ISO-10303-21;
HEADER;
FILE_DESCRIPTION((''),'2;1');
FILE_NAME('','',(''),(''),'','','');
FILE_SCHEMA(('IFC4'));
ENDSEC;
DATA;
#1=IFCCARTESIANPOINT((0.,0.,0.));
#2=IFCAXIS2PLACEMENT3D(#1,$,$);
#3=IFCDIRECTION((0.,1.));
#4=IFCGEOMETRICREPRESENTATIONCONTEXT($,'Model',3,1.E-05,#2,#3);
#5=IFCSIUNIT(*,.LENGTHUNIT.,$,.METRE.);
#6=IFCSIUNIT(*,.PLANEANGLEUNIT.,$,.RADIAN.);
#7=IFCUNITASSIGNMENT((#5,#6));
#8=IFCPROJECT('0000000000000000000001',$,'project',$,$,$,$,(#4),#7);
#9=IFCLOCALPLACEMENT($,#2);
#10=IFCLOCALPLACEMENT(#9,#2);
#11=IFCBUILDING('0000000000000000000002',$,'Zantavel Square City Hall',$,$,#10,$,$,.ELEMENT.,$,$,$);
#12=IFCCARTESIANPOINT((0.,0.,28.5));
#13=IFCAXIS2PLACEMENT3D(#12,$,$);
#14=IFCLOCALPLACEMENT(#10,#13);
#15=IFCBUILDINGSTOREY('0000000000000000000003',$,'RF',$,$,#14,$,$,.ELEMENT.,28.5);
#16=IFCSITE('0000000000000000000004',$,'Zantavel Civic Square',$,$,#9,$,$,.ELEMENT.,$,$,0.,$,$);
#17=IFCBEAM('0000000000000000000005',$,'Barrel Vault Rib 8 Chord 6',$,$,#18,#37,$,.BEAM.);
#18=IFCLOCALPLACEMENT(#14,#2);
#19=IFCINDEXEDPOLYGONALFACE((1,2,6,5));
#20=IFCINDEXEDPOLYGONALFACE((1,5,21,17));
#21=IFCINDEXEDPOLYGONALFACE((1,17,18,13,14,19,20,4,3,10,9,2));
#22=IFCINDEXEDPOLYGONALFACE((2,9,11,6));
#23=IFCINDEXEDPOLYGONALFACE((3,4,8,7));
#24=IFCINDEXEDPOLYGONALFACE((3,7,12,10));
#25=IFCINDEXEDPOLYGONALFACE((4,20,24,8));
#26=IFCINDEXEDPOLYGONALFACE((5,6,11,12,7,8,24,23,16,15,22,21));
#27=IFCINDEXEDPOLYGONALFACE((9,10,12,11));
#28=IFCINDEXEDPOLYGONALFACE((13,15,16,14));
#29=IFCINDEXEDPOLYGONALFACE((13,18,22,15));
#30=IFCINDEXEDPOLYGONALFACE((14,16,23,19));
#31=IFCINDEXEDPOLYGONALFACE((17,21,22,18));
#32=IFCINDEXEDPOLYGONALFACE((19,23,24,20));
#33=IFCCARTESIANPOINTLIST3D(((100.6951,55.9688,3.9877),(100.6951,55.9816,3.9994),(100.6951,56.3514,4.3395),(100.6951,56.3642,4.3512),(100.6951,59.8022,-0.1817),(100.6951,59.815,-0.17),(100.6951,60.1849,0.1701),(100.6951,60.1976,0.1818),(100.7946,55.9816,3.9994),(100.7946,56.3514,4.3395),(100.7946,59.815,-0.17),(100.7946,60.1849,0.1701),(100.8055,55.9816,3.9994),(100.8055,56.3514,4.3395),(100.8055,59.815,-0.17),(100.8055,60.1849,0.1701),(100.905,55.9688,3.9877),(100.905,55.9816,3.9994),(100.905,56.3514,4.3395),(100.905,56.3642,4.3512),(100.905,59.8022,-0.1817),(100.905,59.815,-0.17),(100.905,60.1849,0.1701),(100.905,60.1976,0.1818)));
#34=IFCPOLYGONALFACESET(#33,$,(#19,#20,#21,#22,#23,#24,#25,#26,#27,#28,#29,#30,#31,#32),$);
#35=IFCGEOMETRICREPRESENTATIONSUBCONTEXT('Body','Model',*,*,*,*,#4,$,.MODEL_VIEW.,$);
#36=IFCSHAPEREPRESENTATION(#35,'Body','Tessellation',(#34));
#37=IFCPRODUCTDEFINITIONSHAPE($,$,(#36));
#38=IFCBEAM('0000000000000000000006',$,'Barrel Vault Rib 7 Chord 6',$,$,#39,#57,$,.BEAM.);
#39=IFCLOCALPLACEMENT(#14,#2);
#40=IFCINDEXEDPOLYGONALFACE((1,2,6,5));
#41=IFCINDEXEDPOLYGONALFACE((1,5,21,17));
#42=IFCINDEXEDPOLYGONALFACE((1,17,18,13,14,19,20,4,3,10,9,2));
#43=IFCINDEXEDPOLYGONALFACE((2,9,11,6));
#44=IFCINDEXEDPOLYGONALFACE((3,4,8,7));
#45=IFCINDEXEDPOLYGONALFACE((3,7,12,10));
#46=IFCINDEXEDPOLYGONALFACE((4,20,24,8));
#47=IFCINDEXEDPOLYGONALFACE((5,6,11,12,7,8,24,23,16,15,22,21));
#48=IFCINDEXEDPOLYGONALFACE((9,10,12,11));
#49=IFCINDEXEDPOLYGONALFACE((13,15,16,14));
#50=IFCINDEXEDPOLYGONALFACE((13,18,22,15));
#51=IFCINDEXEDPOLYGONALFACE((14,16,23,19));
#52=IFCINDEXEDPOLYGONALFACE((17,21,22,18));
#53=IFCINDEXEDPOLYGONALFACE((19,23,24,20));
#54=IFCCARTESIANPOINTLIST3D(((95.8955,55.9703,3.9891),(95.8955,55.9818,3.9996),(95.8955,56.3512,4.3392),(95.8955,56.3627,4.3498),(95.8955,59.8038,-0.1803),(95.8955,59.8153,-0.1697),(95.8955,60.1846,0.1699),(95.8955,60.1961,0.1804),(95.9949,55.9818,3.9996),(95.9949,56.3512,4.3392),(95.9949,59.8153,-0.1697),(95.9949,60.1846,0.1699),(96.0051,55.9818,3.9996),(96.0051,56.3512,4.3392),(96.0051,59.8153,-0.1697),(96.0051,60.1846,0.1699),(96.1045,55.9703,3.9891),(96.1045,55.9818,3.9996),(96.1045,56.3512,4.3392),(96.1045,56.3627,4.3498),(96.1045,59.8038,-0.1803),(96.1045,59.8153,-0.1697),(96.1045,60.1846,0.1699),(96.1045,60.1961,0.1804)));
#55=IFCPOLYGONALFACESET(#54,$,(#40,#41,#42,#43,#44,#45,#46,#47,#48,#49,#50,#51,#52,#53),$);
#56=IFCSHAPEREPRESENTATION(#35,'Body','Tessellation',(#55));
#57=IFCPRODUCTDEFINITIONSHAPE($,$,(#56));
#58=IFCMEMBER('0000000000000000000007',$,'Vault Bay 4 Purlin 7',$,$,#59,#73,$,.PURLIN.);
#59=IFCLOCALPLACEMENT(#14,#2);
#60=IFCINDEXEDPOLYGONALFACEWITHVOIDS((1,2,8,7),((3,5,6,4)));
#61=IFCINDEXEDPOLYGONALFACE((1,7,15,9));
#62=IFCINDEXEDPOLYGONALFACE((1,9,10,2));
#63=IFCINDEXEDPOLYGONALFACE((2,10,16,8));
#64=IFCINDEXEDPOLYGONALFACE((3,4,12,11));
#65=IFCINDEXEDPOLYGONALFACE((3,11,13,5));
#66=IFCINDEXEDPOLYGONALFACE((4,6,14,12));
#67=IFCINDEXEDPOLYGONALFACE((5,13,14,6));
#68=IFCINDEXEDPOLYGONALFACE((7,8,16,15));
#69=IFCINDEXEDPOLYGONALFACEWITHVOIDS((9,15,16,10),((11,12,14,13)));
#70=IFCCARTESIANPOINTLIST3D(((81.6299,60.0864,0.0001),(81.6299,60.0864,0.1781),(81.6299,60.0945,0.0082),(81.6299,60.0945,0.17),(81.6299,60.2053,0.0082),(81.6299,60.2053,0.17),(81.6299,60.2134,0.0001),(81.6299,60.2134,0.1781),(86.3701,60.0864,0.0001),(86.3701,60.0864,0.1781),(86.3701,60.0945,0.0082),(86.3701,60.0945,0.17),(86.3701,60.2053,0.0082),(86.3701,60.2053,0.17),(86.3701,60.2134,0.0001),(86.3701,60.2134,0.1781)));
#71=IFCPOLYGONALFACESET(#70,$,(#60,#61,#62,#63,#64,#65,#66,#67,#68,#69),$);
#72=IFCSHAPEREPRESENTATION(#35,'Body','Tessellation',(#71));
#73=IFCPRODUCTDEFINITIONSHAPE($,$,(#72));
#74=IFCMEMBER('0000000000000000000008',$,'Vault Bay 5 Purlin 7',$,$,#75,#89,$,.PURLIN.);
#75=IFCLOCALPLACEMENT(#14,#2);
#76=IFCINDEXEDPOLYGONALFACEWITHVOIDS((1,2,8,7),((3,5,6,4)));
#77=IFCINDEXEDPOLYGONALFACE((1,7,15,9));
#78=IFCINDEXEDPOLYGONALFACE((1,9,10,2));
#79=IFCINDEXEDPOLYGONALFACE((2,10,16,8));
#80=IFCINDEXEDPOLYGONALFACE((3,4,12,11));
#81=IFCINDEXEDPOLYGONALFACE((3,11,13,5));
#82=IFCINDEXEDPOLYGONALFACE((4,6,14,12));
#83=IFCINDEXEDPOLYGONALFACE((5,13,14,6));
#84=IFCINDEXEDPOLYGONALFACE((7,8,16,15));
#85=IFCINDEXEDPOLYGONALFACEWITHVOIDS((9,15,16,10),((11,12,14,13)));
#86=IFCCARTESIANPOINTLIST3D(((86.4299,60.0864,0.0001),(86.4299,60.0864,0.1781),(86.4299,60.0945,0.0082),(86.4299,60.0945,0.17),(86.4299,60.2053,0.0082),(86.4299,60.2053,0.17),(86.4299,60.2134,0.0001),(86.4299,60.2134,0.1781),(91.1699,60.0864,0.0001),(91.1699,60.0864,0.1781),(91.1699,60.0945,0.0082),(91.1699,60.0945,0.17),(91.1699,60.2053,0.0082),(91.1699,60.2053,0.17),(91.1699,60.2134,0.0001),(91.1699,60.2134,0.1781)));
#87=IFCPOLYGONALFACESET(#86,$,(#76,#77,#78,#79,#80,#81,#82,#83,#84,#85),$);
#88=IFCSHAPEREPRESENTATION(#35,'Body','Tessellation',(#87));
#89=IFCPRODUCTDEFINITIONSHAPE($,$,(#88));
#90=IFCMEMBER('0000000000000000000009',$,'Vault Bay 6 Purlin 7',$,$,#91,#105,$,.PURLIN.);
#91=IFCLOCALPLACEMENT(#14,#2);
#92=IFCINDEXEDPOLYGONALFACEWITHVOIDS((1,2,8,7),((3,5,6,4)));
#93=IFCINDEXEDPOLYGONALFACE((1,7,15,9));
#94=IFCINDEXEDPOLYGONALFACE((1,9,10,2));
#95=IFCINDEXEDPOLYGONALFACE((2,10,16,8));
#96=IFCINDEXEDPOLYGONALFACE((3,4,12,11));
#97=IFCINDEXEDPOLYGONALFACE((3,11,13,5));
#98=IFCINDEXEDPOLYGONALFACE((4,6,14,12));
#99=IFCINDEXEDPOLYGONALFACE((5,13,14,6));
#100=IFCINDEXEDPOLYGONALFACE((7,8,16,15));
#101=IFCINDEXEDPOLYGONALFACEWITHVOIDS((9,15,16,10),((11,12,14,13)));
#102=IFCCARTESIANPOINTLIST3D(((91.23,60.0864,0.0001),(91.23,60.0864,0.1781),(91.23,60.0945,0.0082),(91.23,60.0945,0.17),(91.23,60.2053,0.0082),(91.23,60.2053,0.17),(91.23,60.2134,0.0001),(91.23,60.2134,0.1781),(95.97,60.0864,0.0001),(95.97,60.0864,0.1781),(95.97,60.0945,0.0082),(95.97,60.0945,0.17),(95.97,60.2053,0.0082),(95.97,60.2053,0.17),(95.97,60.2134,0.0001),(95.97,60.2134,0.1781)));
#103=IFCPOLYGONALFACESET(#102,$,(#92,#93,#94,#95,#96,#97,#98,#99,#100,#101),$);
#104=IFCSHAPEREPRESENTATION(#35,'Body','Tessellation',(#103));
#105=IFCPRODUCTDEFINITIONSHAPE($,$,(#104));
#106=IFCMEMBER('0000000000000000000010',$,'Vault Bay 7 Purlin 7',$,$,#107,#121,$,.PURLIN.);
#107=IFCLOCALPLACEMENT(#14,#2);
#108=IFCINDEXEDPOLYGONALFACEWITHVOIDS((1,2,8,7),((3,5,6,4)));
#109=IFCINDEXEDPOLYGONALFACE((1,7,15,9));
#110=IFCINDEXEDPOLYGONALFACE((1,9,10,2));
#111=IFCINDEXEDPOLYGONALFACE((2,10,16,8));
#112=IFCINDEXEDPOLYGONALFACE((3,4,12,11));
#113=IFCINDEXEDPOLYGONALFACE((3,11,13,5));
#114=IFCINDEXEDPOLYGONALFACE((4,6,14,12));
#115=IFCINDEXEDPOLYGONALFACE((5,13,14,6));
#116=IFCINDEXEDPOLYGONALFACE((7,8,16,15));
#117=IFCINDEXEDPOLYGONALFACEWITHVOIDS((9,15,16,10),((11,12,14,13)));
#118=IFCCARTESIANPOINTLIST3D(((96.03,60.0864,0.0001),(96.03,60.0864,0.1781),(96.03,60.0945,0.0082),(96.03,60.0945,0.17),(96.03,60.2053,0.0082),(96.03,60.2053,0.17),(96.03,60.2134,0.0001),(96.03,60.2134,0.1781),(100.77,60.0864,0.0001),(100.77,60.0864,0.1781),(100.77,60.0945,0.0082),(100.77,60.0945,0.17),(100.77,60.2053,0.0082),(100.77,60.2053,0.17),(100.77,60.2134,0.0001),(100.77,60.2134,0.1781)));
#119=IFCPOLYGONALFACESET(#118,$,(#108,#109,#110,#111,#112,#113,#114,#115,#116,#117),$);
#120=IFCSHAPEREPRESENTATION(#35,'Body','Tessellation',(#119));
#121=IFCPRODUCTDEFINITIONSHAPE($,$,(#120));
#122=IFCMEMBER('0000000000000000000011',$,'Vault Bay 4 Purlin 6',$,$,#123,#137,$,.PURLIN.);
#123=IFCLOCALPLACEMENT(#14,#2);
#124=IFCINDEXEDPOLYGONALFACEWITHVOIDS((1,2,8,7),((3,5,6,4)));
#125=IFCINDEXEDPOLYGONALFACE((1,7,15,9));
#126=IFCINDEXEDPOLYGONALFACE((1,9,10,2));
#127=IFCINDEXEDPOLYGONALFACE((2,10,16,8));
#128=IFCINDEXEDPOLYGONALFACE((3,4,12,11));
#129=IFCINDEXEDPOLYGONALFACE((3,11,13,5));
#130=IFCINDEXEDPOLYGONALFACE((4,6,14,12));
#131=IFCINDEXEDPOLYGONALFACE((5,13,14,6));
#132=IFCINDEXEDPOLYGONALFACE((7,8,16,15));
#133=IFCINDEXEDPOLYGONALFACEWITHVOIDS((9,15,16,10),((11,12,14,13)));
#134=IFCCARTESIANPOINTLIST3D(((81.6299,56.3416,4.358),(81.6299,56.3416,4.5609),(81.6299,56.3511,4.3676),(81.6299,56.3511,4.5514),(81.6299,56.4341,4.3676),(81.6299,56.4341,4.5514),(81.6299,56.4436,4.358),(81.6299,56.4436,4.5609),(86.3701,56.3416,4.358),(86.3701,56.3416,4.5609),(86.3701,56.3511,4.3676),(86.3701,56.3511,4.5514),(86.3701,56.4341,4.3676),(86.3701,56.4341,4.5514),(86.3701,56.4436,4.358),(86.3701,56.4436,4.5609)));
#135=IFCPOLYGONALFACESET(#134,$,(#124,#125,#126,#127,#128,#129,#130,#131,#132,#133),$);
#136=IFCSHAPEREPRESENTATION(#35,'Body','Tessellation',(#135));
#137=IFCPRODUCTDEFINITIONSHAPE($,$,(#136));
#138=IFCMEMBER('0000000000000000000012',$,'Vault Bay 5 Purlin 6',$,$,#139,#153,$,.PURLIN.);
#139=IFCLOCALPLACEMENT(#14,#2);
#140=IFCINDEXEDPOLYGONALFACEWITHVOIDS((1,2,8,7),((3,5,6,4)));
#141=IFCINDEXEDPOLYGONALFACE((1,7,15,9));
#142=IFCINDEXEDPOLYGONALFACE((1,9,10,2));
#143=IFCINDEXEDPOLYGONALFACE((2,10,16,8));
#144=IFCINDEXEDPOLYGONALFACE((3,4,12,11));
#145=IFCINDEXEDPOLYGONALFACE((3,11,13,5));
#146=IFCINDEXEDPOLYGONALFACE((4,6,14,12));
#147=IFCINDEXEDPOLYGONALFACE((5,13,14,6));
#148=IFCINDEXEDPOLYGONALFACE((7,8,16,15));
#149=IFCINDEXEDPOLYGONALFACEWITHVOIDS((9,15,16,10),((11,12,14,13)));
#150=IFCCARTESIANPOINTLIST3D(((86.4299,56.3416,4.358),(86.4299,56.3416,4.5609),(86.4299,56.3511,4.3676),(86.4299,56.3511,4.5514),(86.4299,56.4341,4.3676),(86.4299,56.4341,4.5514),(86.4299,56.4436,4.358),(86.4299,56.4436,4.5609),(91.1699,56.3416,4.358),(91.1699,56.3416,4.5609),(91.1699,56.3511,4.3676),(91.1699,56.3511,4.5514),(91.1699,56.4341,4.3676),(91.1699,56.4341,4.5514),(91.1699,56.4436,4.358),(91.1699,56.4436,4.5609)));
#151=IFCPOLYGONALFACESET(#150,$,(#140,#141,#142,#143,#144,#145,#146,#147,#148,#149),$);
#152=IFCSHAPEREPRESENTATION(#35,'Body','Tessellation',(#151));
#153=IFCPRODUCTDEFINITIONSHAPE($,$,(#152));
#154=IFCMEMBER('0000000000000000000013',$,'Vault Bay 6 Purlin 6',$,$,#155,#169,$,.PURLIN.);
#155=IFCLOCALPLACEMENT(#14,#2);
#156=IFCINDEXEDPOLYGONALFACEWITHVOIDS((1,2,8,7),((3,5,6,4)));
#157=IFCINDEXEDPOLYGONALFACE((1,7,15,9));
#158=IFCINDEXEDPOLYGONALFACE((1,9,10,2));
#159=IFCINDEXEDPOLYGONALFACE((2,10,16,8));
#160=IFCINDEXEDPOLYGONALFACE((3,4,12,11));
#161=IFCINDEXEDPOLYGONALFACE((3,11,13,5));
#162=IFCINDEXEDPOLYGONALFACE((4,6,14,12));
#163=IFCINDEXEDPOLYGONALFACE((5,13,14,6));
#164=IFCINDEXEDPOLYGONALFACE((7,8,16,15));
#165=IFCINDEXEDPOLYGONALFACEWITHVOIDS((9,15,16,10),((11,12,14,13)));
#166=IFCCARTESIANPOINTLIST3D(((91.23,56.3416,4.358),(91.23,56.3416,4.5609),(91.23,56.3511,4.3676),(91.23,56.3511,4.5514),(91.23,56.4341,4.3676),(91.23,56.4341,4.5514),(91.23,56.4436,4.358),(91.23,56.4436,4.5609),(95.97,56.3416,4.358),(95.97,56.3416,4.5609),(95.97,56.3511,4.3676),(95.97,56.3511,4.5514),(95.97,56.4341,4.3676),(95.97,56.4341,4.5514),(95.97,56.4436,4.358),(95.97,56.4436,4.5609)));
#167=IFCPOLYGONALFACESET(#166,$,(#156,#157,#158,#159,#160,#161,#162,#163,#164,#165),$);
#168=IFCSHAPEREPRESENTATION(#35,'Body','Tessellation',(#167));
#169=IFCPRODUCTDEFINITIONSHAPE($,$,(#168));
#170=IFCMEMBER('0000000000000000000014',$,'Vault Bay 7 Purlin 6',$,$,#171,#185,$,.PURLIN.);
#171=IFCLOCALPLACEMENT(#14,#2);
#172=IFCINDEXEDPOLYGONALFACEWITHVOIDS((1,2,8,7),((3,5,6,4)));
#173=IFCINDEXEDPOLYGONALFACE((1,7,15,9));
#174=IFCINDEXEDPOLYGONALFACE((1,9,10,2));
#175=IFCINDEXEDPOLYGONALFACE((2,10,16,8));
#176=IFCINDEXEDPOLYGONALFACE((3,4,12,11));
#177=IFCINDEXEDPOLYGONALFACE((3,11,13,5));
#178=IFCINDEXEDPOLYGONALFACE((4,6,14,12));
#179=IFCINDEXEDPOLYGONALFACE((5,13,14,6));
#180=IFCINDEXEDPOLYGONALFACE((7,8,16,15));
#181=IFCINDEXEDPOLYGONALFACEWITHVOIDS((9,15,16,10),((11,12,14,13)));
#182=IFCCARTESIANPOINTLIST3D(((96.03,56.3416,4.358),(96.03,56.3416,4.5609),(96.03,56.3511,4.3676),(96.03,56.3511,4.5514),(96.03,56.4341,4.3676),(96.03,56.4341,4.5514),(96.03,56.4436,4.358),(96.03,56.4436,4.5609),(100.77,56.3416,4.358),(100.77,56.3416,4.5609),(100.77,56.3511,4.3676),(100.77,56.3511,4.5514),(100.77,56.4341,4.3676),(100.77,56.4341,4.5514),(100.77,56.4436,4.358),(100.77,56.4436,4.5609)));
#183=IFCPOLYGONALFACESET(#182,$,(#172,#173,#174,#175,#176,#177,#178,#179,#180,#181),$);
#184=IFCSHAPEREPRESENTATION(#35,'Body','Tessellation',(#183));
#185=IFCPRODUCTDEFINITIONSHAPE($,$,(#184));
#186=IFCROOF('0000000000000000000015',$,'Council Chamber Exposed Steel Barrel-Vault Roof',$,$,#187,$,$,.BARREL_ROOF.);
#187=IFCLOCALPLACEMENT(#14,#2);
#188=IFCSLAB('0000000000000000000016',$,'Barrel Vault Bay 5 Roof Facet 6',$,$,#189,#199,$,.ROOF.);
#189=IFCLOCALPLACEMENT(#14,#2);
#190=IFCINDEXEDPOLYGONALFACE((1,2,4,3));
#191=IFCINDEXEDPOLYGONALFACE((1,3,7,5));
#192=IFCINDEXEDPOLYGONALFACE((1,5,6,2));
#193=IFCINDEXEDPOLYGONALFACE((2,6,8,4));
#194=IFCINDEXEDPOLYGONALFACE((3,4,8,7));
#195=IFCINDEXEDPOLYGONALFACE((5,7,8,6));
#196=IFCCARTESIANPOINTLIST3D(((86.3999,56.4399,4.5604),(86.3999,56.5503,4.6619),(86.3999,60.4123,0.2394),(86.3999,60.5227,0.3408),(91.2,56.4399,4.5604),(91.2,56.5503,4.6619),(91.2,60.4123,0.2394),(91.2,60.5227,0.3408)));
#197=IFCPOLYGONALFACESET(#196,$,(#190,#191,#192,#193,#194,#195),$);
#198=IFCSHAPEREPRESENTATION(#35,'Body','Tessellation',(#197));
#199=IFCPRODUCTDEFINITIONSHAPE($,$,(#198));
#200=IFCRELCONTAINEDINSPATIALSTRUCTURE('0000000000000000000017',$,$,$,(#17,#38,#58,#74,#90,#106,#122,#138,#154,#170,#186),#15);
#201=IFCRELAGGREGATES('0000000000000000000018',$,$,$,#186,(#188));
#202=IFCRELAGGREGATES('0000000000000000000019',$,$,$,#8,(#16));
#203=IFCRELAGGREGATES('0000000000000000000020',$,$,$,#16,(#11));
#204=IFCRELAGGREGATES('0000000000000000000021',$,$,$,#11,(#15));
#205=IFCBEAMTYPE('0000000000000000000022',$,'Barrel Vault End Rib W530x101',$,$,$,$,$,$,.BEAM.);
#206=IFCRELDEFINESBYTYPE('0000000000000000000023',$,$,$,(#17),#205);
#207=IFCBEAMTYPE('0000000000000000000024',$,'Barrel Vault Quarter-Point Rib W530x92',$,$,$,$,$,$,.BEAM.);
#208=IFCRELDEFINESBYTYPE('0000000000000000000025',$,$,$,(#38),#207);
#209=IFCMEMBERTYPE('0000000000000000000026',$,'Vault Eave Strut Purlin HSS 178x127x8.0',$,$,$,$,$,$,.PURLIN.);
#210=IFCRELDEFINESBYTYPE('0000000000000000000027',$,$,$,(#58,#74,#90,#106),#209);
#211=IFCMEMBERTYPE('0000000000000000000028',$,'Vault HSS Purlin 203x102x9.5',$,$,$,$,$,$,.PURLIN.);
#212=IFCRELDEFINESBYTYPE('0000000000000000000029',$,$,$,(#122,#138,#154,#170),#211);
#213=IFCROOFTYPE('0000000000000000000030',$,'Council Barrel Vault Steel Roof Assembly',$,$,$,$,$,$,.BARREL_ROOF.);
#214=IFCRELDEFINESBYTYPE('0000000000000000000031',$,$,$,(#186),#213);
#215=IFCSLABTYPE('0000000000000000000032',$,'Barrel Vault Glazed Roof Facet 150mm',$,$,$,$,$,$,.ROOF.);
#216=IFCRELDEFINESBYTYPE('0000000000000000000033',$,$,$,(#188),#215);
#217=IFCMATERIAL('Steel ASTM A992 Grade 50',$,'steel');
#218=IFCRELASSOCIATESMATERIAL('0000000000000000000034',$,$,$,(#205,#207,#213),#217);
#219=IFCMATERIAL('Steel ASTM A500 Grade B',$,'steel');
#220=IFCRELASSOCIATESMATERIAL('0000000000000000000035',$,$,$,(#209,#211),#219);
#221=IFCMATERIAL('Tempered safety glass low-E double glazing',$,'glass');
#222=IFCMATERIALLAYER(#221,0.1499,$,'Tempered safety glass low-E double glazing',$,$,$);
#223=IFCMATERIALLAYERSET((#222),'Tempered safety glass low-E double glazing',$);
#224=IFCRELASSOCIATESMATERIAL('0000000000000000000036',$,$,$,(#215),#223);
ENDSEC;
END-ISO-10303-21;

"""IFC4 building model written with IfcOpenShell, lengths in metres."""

from ifc_helpers import new_model, si_unit, direction, frame, origin, origin_2d, place, context, subcontext, project, spatial, polyline, hollow_rectangle, i_section, outline, extrude, material, layer, layer_set, material_profile, profile_set, type_object, element, aggregate, save


model = new_model("IFC4")

# Units and contexts
model_context = context("Model", 3, precision=1e-05, world=origin(), true_north=direction((0.0, 1.0)))
body_context = subcontext(model_context, "Body", "Model", "MODEL_VIEW")
ifc_project = project(units=[si_unit("LENGTHUNIT", "METRE"), si_unit("PLANEANGLEUNIT", "RADIAN")], contexts=[model_context])

# Site, building, storey
site_placement = place(None, origin())
site = spatial("IfcSite", under=ifc_project, at=site_placement, Name="Zantavel Civic Square", CompositionType="ELEMENT", RefElevation=0.0)
building_placement = place(site_placement, origin())
building = spatial("IfcBuilding", under=site, at=building_placement, Name="Zantavel Square City Hall", CompositionType="ELEMENT")
storey_placement = place(building_placement, frame((0.0, 0.0, 28.5)))
storey = spatial("IfcBuildingStorey", under=building, at=storey_placement, Name="RF", CompositionType="ELEMENT", Elevation=28.5)

# Beams
ifc_material_1 = material(Name="Steel ASTM A992 Grade 50", Category="steel")
ifc_material_profile_1 = material_profile(ifc_material_1, i_section(OverallWidth=0.21, OverallDepth=0.5371, WebThickness=0.011, FlangeThickness=0.0173, at=origin_2d()), Name="W530x101")
ifc_profile_set_1 = profile_set([ifc_material_profile_1], Name="Steel ASTM A992 Grade 50")
beam_type_1 = type_object("IfcBeamType", Name="Barrel Vault End Rib W530x101", PredefinedType="BEAM", material=ifc_profile_set_1)
beam_1_placement = place(storey_placement, frame((100.8, 56.1665, 4.1694), z_axis=(0.0, 0.676829, -0.736141), x_axis=(-1.0, 0.0, 0.0)))
element("IfcBeam", 1, at=beam_1_placement, inside=storey, type_object=beam_type_1, Name="Barrel Vault Rib 8 Chord 6", PredefinedType="BEAM", context=body_context, shape_type="SweptSolid", body=[
    extrude(i_section(OverallWidth=0.21, OverallDepth=0.5371, WebThickness=0.011, FlangeThickness=0.0173, at=origin_2d()), origin(), (0.0, 0.0, 1.0), 5.6638),
])
ifc_material_profile_2 = material_profile(ifc_material_1, i_section(OverallWidth=0.209, OverallDepth=0.533, WebThickness=0.0103, FlangeThickness=0.0156, at=origin_2d()), Name="W530x92")
ifc_profile_set_2 = profile_set([ifc_material_profile_2], Name="Steel ASTM A992 Grade 50")
beam_type_2 = type_object("IfcBeamType", Name="Barrel Vault Quarter-Point Rib W530x92", PredefinedType="BEAM", material=ifc_profile_set_2)
beam_2_placement = place(storey_placement, frame((96.0, 56.1665, 4.1694), z_axis=(0.0, 0.676829, -0.736141), x_axis=(-1.0, 0.0, 0.0)))
element("IfcBeam", 2, at=beam_2_placement, inside=storey, type_object=beam_type_2, Name="Barrel Vault Rib 7 Chord 6", PredefinedType="BEAM", context=body_context, shape_type="SweptSolid", body=[
    extrude(i_section(OverallWidth=0.209, OverallDepth=0.533, WebThickness=0.0103, FlangeThickness=0.0156, at=origin_2d()), origin(), (0.0, 0.0, 1.0), 5.6638),
])

# Members
ifc_material_2 = material(Name="Steel ASTM A500 Grade B", Category="steel")
ifc_material_profile_3 = material_profile(ifc_material_2, hollow_rectangle(XDim=0.127, YDim=0.178, WallThickness=0.0081, at=origin_2d()), Name="HSS 178x127x8.0")
ifc_profile_set_3 = profile_set([ifc_material_profile_3], Name="Steel ASTM A500 Grade B")
member_type_1 = type_object("IfcMemberType", Name="Vault Eave Strut Purlin HSS 178x127x8.0", PredefinedType="PURLIN", material=ifc_profile_set_3)
member_1_placement = place(storey_placement, frame((81.6299, 60.1499, 0.0891), z_axis=(1.0, 0.0, 0.0), x_axis=(0.0, 1.0, 0.0)))
element("IfcMember", 3, at=member_1_placement, inside=storey, type_object=member_type_1, Name="Vault Bay 4 Purlin 7", PredefinedType="PURLIN", context=body_context, shape_type="SweptSolid", body=[
    extrude(hollow_rectangle(XDim=0.127, YDim=0.178, WallThickness=0.0081, at=origin_2d()), origin(), (0.0, 0.0, 1.0), 4.7402),
])
for number, where, z_axis, x_axis, name in (
    (4, (86.4299, 60.1499, 0.0891), (1.0, 0.0, 0.0), (0.0, 1.0, 0.0), "Vault Bay 5 Purlin 7"),
    (5, (91.23, 60.1499, 0.0891), (1.0, 0.0, 0.0), (0.0, 1.0, 0.0), "Vault Bay 6 Purlin 7"),
    (6, (96.03, 60.1499, 0.0891), (1.0, 0.0, 0.0), (0.0, 1.0, 0.0), "Vault Bay 7 Purlin 7"),
):
    element("IfcMember", number, at=place(storey_placement, frame(where, z_axis=z_axis, x_axis=x_axis)), inside=storey, type_object=member_type_1, Name=name, PredefinedType="PURLIN", context=body_context, shape_type="SweptSolid", body=[
        extrude(hollow_rectangle(XDim=0.127, YDim=0.178, WallThickness=0.0081, at=origin_2d()), origin(), (0.0, 0.0, 1.0), 4.74),
    ])
ifc_material_profile_4 = material_profile(ifc_material_2, hollow_rectangle(XDim=0.1021, YDim=0.2029, WallThickness=0.0095, at=origin_2d()), Name="HSS 203x102x9.5")
ifc_profile_set_4 = profile_set([ifc_material_profile_4], Name="Steel ASTM A500 Grade B")
member_type_2 = type_object("IfcMemberType", Name="Vault HSS Purlin 203x102x9.5", PredefinedType="PURLIN", material=ifc_profile_set_4)
member_2_placement = place(storey_placement, frame((81.6299, 56.3926, 4.4595), z_axis=(1.0, 0.0, 0.0), x_axis=(0.0, 1.0, 0.0)))
element("IfcMember", 7, at=member_2_placement, inside=storey, type_object=member_type_2, Name="Vault Bay 4 Purlin 6", PredefinedType="PURLIN", context=body_context, shape_type="SweptSolid", body=[
    extrude(hollow_rectangle(XDim=0.1021, YDim=0.2029, WallThickness=0.0095, at=origin_2d()), origin(), (0.0, 0.0, 1.0), 4.7402),
])
for number, where, z_axis, x_axis, name in (
    (8, (86.4299, 56.3926, 4.4595), (1.0, 0.0, 0.0), (0.0, 1.0, 0.0), "Vault Bay 5 Purlin 6"),
    (9, (91.23, 56.3926, 4.4595), (1.0, 0.0, 0.0), (0.0, 1.0, 0.0), "Vault Bay 6 Purlin 6"),
    (10, (96.03, 56.3926, 4.4595), (1.0, 0.0, 0.0), (0.0, 1.0, 0.0), "Vault Bay 7 Purlin 6"),
):
    element("IfcMember", number, at=place(storey_placement, frame(where, z_axis=z_axis, x_axis=x_axis)), inside=storey, type_object=member_type_2, Name=name, PredefinedType="PURLIN", context=body_context, shape_type="SweptSolid", body=[
        extrude(hollow_rectangle(XDim=0.1021, YDim=0.2029, WallThickness=0.0095, at=origin_2d()), origin(), (0.0, 0.0, 1.0), 4.74),
    ])

# Roof, slab
roof_type = type_object("IfcRoofType", Name="Council Barrel Vault Steel Roof Assembly", PredefinedType="BARREL_ROOF", material=ifc_material_1)
roof_placement = place(storey_placement, origin())
roof = element("IfcRoof", 11, at=roof_placement, inside=storey, type_object=roof_type, Name="Council Chamber Exposed Steel Barrel-Vault Roof", PredefinedType="BARREL_ROOF")
ifc_material_3 = material(Name="Tempered safety glass low-E double glazing", Category="glass")
ifc_layer_1 = layer(ifc_material_3, 0.1499, Name="Tempered safety glass low-E double glazing")
ifc_layer_set_1 = layer_set([ifc_layer_1], Name="Tempered safety glass low-E double glazing")
slab_type_1 = type_object("IfcSlabType", Name="Barrel Vault Glazed Roof Facet 150mm", PredefinedType="ROOF", material=ifc_layer_set_1)
slab_1_placement = place(storey_placement, frame((86.3999, 56.5503, 4.6619), z_axis=(0.0, 0.736181, 0.676784), x_axis=(1.0, 0.0, 0.0)))
slab_1 = element("IfcSlab", 12, at=slab_1_placement, type_object=slab_type_1, Name="Barrel Vault Bay 5 Roof Facet 6", PredefinedType="ROOF", context=body_context, shape_type="SweptSolid", body=[
    extrude(outline(polyline([(0.0, 0.0), (4.8, 0.0), (4.8, 5.8695), (0.0, 5.8695), (0.0, 0.0)])), origin(), (0.0, 0.0, -1.0), 0.1499),
])

aggregate(roof, [slab_1])

save(model, "model.ifc")
